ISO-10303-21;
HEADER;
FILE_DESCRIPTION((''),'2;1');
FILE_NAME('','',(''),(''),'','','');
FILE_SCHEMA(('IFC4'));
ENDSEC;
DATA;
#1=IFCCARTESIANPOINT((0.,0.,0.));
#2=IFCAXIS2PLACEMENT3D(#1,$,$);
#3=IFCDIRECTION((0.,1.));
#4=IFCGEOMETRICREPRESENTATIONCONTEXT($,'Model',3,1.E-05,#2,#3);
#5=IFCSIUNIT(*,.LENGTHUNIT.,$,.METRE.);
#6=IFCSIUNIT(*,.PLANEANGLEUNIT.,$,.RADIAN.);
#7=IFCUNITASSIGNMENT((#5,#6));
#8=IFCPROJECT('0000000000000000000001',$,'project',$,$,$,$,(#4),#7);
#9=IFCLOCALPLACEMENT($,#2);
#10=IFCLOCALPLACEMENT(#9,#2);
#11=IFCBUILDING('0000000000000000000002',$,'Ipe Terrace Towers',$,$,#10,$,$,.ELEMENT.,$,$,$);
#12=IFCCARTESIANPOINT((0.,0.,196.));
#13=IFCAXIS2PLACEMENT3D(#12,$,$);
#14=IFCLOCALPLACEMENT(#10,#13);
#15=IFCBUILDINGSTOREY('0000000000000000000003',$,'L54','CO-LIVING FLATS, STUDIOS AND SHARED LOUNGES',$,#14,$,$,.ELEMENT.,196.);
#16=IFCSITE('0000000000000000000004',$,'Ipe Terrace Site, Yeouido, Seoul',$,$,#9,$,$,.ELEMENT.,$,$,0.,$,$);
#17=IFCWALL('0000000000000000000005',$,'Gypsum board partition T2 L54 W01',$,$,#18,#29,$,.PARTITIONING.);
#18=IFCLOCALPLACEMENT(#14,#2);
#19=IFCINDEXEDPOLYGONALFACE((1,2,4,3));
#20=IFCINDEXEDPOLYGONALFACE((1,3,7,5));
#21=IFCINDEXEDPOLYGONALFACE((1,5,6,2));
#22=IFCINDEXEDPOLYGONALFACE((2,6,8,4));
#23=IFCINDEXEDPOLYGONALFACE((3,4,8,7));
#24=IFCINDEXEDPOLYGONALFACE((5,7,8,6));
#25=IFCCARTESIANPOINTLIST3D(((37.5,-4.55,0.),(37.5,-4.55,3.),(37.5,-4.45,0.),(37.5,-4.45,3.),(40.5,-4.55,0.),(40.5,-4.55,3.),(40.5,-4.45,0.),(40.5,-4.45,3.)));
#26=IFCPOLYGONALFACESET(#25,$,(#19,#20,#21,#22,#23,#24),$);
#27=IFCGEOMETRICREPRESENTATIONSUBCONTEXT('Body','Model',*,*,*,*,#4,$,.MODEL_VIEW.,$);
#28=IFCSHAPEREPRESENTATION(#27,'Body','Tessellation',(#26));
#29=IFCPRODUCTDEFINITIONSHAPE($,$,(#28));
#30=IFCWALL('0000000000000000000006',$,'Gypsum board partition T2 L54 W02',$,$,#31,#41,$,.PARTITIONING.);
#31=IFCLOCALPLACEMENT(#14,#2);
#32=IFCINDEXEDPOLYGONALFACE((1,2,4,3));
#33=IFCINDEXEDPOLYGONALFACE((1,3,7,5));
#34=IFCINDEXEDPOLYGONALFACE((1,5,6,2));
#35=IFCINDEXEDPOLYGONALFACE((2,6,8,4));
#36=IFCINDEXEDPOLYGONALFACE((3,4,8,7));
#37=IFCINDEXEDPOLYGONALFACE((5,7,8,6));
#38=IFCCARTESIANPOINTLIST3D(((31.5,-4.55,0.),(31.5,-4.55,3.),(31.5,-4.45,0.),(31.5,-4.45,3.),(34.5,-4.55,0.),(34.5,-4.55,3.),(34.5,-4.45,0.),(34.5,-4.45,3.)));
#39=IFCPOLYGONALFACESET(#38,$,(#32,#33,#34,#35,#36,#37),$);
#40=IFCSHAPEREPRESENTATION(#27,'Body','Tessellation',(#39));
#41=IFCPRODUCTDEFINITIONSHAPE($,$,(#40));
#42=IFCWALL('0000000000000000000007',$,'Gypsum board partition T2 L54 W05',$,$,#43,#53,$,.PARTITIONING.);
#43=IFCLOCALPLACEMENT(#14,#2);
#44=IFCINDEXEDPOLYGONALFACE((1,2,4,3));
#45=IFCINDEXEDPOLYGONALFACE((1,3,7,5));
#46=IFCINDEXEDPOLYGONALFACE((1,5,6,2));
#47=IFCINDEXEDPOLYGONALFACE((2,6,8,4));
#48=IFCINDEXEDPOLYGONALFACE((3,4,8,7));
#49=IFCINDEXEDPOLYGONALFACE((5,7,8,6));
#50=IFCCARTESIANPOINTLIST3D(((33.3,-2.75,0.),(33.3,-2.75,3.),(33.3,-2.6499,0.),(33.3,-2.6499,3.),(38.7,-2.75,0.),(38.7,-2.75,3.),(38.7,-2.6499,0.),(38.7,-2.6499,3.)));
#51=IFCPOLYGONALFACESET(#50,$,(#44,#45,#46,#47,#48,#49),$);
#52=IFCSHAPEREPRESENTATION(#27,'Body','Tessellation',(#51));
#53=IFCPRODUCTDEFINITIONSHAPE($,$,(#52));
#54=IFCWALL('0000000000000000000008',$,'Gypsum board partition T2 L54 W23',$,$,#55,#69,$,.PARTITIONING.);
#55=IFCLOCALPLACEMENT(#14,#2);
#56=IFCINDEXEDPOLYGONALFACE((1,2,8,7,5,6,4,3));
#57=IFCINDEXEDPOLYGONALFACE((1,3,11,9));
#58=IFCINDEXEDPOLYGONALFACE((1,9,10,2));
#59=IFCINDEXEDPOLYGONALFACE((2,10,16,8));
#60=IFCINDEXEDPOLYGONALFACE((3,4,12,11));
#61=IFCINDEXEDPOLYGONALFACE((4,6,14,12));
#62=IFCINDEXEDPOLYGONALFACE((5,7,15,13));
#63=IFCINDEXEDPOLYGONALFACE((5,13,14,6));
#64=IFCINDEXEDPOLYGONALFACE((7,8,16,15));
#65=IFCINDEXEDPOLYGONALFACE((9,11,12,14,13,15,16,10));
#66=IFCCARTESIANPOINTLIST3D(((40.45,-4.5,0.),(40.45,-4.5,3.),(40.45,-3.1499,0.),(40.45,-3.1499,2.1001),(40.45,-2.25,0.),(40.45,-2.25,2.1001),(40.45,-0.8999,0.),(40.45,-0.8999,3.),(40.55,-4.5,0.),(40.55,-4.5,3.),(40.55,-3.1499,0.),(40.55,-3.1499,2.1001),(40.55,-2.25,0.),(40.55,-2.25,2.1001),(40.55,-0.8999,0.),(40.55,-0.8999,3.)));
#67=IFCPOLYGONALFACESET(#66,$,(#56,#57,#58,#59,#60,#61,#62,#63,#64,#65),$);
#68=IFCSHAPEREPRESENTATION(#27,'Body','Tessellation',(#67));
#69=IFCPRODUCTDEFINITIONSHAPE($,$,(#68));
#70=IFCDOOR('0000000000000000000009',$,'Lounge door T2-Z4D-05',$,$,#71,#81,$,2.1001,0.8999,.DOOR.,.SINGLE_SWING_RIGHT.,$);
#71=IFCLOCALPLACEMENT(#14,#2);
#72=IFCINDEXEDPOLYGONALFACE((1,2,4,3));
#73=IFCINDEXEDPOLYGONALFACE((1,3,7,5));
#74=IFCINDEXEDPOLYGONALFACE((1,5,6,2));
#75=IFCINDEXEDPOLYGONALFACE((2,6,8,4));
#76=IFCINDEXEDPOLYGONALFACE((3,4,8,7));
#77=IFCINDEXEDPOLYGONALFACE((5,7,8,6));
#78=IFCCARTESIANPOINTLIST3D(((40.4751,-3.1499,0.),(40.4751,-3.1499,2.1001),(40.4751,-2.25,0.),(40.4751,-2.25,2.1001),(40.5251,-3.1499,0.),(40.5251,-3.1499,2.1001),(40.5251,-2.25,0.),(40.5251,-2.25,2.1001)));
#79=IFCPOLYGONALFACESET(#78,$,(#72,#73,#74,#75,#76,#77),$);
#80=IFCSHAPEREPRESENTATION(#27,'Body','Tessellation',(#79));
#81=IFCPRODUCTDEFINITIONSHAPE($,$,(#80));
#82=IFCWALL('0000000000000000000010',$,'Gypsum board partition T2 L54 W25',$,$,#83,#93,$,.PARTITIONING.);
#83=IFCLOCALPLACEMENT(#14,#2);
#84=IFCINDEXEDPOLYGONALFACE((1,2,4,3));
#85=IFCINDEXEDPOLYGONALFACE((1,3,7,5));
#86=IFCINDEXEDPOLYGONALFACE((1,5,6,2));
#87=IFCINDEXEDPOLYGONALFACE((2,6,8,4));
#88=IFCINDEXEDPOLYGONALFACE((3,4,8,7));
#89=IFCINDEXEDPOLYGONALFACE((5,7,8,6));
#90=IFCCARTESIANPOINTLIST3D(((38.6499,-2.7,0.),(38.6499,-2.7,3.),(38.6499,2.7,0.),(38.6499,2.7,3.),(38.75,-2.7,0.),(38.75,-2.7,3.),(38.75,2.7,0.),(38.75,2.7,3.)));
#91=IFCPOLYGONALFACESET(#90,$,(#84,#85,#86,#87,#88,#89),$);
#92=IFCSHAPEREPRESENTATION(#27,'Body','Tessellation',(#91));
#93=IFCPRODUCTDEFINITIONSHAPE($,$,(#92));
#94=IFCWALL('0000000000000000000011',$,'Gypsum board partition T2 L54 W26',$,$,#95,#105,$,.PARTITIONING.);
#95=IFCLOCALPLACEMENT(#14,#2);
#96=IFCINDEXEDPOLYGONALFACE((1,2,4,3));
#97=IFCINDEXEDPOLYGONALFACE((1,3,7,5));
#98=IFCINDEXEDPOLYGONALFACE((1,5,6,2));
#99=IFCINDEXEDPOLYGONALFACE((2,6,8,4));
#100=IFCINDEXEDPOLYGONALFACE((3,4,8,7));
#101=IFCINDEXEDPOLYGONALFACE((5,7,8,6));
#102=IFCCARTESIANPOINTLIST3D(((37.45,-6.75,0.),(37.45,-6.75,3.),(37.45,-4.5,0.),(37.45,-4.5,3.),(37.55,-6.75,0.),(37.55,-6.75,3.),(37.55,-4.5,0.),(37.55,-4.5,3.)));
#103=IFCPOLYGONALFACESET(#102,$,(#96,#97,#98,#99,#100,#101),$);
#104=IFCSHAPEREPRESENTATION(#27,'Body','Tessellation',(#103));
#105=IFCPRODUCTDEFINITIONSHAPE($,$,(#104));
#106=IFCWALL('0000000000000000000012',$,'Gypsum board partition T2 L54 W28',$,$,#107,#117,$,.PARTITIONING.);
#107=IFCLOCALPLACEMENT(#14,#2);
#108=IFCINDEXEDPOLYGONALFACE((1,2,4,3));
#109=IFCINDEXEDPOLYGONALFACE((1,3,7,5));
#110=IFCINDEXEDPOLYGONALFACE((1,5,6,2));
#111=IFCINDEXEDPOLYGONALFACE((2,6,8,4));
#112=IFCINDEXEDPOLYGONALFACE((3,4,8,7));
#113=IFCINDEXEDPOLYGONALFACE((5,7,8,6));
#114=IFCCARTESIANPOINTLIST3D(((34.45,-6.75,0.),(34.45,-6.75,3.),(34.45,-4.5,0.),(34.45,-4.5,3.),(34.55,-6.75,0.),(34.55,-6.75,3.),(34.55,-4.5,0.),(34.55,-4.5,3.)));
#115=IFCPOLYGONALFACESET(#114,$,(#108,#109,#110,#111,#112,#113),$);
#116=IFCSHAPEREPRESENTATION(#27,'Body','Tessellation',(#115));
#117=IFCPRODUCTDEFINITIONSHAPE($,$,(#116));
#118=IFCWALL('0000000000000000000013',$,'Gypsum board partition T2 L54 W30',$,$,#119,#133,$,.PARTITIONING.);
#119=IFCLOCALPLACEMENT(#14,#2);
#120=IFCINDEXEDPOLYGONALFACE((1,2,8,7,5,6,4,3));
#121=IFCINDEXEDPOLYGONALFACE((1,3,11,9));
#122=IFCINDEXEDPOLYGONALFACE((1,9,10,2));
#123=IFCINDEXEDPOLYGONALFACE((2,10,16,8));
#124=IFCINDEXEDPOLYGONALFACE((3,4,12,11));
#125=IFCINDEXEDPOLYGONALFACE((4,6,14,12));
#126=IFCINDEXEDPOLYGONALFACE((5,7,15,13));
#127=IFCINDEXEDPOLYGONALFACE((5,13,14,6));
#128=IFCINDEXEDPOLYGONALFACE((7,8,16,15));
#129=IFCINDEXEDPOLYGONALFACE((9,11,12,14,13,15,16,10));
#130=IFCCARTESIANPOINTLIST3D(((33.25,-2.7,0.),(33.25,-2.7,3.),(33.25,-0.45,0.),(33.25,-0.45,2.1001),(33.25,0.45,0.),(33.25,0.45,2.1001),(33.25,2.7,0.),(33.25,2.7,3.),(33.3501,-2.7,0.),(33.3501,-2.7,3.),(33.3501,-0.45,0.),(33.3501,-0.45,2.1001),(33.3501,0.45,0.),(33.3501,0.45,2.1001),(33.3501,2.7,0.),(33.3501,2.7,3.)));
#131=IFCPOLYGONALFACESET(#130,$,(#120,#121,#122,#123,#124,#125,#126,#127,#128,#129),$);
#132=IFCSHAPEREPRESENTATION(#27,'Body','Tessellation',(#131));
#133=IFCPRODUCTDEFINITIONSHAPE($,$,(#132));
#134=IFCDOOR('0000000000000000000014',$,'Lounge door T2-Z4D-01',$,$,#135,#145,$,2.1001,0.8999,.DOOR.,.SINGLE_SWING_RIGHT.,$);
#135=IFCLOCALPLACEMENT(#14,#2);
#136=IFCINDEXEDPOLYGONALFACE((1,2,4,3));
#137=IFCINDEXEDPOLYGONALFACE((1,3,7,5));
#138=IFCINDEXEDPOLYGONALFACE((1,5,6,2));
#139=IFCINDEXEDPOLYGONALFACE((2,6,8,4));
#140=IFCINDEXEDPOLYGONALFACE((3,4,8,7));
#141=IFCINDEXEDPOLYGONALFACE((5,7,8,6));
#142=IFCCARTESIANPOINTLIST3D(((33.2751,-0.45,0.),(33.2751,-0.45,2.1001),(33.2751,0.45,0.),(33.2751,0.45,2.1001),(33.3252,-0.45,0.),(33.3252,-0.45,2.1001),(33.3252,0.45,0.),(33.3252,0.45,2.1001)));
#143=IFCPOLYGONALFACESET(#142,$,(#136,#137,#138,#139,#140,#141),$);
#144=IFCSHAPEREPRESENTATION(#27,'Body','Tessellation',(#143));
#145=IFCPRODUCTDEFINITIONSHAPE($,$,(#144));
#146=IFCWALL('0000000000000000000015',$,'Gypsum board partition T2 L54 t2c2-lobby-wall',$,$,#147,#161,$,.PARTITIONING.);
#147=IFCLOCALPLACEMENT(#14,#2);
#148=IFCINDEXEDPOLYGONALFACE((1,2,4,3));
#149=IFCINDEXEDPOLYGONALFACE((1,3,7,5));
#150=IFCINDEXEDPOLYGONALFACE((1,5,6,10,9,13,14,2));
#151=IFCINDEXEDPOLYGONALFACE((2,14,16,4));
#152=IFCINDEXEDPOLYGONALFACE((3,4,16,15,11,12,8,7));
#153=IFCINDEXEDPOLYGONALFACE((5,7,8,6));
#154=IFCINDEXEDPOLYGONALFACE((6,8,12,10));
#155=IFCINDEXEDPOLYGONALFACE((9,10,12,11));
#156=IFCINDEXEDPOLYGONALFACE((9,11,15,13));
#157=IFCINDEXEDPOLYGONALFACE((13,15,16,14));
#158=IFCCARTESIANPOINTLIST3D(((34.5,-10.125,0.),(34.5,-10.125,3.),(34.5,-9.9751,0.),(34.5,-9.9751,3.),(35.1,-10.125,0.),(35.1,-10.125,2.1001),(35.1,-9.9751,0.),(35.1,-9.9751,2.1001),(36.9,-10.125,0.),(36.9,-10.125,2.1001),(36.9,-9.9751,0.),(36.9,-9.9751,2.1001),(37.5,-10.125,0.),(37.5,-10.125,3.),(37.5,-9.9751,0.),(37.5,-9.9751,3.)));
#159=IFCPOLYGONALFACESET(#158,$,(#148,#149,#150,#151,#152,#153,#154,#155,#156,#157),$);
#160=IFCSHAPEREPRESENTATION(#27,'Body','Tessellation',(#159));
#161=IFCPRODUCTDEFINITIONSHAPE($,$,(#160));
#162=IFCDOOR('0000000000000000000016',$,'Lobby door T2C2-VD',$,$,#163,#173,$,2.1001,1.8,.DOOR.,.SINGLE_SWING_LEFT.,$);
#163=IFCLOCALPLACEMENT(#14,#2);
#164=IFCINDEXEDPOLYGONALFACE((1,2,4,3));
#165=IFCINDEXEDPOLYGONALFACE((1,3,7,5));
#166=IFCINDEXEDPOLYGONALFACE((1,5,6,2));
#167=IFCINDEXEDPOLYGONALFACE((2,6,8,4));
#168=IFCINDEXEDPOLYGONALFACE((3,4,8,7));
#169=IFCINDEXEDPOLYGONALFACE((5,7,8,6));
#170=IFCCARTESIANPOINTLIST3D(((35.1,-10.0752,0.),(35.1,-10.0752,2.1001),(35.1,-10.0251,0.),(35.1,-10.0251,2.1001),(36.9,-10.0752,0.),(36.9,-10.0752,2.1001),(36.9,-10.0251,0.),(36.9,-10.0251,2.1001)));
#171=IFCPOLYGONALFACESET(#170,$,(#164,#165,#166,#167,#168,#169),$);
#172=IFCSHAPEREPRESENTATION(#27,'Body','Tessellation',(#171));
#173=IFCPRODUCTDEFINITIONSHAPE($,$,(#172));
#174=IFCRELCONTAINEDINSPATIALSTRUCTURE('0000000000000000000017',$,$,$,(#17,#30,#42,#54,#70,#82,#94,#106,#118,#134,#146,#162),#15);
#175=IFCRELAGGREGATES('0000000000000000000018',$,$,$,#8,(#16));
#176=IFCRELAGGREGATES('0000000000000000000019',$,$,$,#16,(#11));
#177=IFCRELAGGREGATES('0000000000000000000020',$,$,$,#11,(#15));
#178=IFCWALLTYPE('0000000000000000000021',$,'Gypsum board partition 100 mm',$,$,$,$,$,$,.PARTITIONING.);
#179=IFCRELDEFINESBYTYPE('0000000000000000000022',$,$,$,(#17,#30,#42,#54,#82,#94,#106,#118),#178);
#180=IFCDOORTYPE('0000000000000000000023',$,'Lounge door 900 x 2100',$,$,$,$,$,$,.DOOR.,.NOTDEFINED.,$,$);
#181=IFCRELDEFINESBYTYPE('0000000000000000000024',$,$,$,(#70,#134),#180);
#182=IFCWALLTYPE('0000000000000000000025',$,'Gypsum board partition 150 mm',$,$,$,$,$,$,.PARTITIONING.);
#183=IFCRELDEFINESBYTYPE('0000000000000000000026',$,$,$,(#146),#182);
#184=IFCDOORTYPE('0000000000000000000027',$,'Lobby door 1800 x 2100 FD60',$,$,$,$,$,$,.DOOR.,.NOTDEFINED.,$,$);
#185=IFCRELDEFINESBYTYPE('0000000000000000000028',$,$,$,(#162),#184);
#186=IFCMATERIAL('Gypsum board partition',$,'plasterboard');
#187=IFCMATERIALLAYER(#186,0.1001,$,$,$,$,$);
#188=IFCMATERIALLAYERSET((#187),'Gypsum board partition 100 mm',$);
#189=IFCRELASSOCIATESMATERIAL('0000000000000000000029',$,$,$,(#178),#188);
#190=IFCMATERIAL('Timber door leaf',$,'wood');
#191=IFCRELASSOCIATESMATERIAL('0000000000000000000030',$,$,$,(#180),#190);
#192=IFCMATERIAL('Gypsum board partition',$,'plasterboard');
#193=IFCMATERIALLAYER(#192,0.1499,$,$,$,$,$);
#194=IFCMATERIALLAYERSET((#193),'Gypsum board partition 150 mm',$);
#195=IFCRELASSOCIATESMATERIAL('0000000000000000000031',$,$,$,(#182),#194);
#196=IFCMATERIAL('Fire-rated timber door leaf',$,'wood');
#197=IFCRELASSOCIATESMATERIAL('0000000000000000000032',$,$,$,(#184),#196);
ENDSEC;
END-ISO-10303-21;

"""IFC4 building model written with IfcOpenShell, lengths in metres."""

from ifc_helpers import new_model, si_unit, direction, frame, frame_2d, origin, place, context, subcontext, project, spatial, rectangle, extrude, material, layer, layer_set, type_object, element, fill, save


model = new_model("IFC4")

# Units and contexts
model_context = context("Model", 3, precision=1e-05, world=origin(), true_north=direction((0.0, 1.0)))
body_context = subcontext(model_context, "Body", "Model", "MODEL_VIEW")
ifc_project = project(units=[si_unit("LENGTHUNIT", "METRE"), si_unit("PLANEANGLEUNIT", "RADIAN")], contexts=[model_context])

# Site, building, storey
site_placement = place(None, origin())
site = spatial("IfcSite", under=ifc_project, at=site_placement, Name="Ipe Terrace Site, Yeouido, Seoul", CompositionType="ELEMENT", RefElevation=0.0)
building_placement = place(site_placement, origin())
building = spatial("IfcBuilding", under=site, at=building_placement, Name="Ipe Terrace Towers", CompositionType="ELEMENT")
storey_placement = place(building_placement, frame((0.0, 0.0, 196.0)))
storey = spatial("IfcBuildingStorey", under=building, at=storey_placement, Name="L54", Description="CO-LIVING FLATS, STUDIOS AND SHARED LOUNGES", CompositionType="ELEMENT", Elevation=196.0)

# Walls
ifc_material_1 = material(Name="Gypsum board partition", Category="plasterboard")
ifc_layer_1 = layer(ifc_material_1, 0.1001)
ifc_layer_set_1 = layer_set([ifc_layer_1], Name="Gypsum board partition 100 mm")
wall_type_1 = type_object("IfcWallType", Name="Gypsum board partition 100 mm", PredefinedType="PARTITIONING", material=ifc_layer_set_1)
for number, where, z_axis, x_axis, name in (
    (1, (40.5, -4.5, 0.0), (0.0, 0.0, 1.0), (-1.0, 0.0, 0.0), "Gypsum board partition T2 L54 W01"),
    (2, (34.5, -4.5, 0.0), (0.0, 0.0, 1.0), (-1.0, 0.0, 0.0), "Gypsum board partition T2 L54 W02"),
):
    element("IfcWall", number, at=place(storey_placement, frame(where, z_axis=z_axis, x_axis=x_axis)), inside=storey, type_object=wall_type_1, Name=name, PredefinedType="PARTITIONING", context=body_context, shape_type="SweptSolid", body=[
        extrude(rectangle(XDim=3.0, YDim=0.1001, at=frame_2d((1.5, 0.0))), origin(), (0.0, 0.0, 1.0), 3.0),
    ])
wall_1_placement = place(storey_placement, frame((38.7, -2.7, 0.0), z_axis=(0.0, 0.0, 1.0), x_axis=(-1.0, 0.0, 0.0)))
element("IfcWall", 3, at=wall_1_placement, inside=storey, type_object=wall_type_1, Name="Gypsum board partition T2 L54 W05", PredefinedType="PARTITIONING", context=body_context, shape_type="SweptSolid", body=[
    extrude(rectangle(XDim=5.3999, YDim=0.1001, at=frame_2d((2.7, 0.0))), origin(), (0.0, 0.0, 1.0), 3.0),
])

# Wall, opening, door
wall_2_placement = place(storey_placement, frame((40.5, -4.5, 0.0), z_axis=(0.0, 0.0, 1.0), x_axis=(0.0, 1.0, 0.0)))
wall_2 = element("IfcWall", 4, at=wall_2_placement, inside=storey, type_object=wall_type_1, Name="Gypsum board partition T2 L54 W23", PredefinedType="PARTITIONING", context=body_context, shape_type="SweptSolid", body=[
    extrude(rectangle(XDim=3.6001, YDim=0.1001, at=frame_2d((1.8, 0.0))), origin(), (0.0, 0.0, 1.0), 3.0),
])
opening_1_placement = place(wall_2_placement, frame((1.3501, 0.0, 0.0)))
opening_1 = element("IfcOpeningElement", 5, at=opening_1_placement, cuts=wall_2, PredefinedType="OPENING", context=body_context, shape_type="SweptSolid", body=[
    extrude(rectangle(XDim=0.8999, YDim=2.1001, at=frame_2d((0.45, 1.05))), frame((0.0, 0.0601, 0.0), z_axis=(0.0, -1.0, 0.0), x_axis=(1.0, 0.0, 0.0)), (0.0, 0.0, 1.0), 0.1201),
])
ifc_material_2 = material(Name="Timber door leaf", Category="wood")
door_type_1 = type_object("IfcDoorType", Name="Lounge door 900 x 2100", OperationType="NOTDEFINED", PredefinedType="DOOR", material=ifc_material_2)
door_1_placement = place(opening_1_placement, origin())
door_1 = element("IfcDoor", 6, at=door_1_placement, inside=storey, type_object=door_type_1, Name="Lounge door T2-Z4D-05", OperationType="SINGLE_SWING_RIGHT", OverallHeight=2.1001, OverallWidth=0.8999, PredefinedType="DOOR", context=body_context, shape_type="SweptSolid", body=[
    extrude(rectangle(XDim=0.8999, YDim=2.1001, at=frame_2d((0.45, 1.05))), frame((0.0, 0.0249, 0.0), z_axis=(0.0, -1.0, 0.0), x_axis=(1.0, 0.0, 0.0)), (0.0, 0.0, 1.0), 0.05),
])
fill(opening_1, door_1)

# Walls
wall_3_placement = place(storey_placement, frame((38.7, -2.7, 0.0), z_axis=(0.0, 0.0, 1.0), x_axis=(0.0, 1.0, 0.0)))
element("IfcWall", 7, at=wall_3_placement, inside=storey, type_object=wall_type_1, Name="Gypsum board partition T2 L54 W25", PredefinedType="PARTITIONING", context=body_context, shape_type="SweptSolid", body=[
    extrude(rectangle(XDim=5.3999, YDim=0.1001, at=frame_2d((2.7, 0.0))), origin(), (0.0, 0.0, 1.0), 3.0),
])
for number, where, z_axis, x_axis, name in (
    (8, (37.5, -6.75, 0.0), (0.0, 0.0, 1.0), (0.0, 1.0, 0.0), "Gypsum board partition T2 L54 W26"),
    (9, (34.5, -6.75, 0.0), (0.0, 0.0, 1.0), (0.0, 1.0, 0.0), "Gypsum board partition T2 L54 W28"),
):
    element("IfcWall", number, at=place(storey_placement, frame(where, z_axis=z_axis, x_axis=x_axis)), inside=storey, type_object=wall_type_1, Name=name, PredefinedType="PARTITIONING", context=body_context, shape_type="SweptSolid", body=[
        extrude(rectangle(XDim=2.25, YDim=0.1001, at=frame_2d((1.125, 0.0))), origin(), (0.0, 0.0, 1.0), 3.0),
    ])

# Walls, openings, doors
wall_4_placement = place(storey_placement, frame((33.3, -2.7, 0.0), z_axis=(0.0, 0.0, 1.0), x_axis=(0.0, 1.0, 0.0)))
wall_4 = element("IfcWall", 10, at=wall_4_placement, inside=storey, type_object=wall_type_1, Name="Gypsum board partition T2 L54 W30", PredefinedType="PARTITIONING", context=body_context, shape_type="SweptSolid", body=[
    extrude(rectangle(XDim=5.3999, YDim=0.1001, at=frame_2d((2.7, 0.0))), origin(), (0.0, 0.0, 1.0), 3.0),
])
opening_2_placement = place(wall_4_placement, frame((2.25, 0.0, 0.0)))
opening_2 = element("IfcOpeningElement", 11, at=opening_2_placement, cuts=wall_4, PredefinedType="OPENING", context=body_context, shape_type="SweptSolid", body=[
    extrude(rectangle(XDim=0.8999, YDim=2.1001, at=frame_2d((0.45, 1.05))), frame((0.0, 0.0601, 0.0), z_axis=(0.0, -1.0, 0.0), x_axis=(1.0, 0.0, 0.0)), (0.0, 0.0, 1.0), 0.1201),
])
door_2_placement = place(opening_2_placement, origin())
door_2 = element("IfcDoor", 12, at=door_2_placement, inside=storey, type_object=door_type_1, Name="Lounge door T2-Z4D-01", OperationType="SINGLE_SWING_RIGHT", OverallHeight=2.1001, OverallWidth=0.8999, PredefinedType="DOOR", context=body_context, shape_type="SweptSolid", body=[
    extrude(rectangle(XDim=0.8999, YDim=2.1001, at=frame_2d((0.45, 1.05))), frame((0.0, 0.0249, 0.0), z_axis=(0.0, -1.0, 0.0), x_axis=(1.0, 0.0, 0.0)), (0.0, 0.0, 1.0), 0.05),
])
fill(opening_2, door_2)
ifc_material_3 = material(Name="Gypsum board partition", Category="plasterboard")
ifc_layer_2 = layer(ifc_material_3, 0.1499)
ifc_layer_set_2 = layer_set([ifc_layer_2], Name="Gypsum board partition 150 mm")
wall_type_2 = type_object("IfcWallType", Name="Gypsum board partition 150 mm", PredefinedType="PARTITIONING", material=ifc_layer_set_2)
wall_5_placement = place(storey_placement, frame((34.5, -10.05, 0.0), z_axis=(0.0, 0.0, 1.0), x_axis=(1.0, 0.0, 0.0)))
wall_5 = element("IfcWall", 13, at=wall_5_placement, inside=storey, type_object=wall_type_2, Name="Gypsum board partition T2 L54 t2c2-lobby-wall", PredefinedType="PARTITIONING", context=body_context, shape_type="SweptSolid", body=[
    extrude(rectangle(XDim=3.0, YDim=0.1499, at=frame_2d((1.5, 0.0))), origin(), (0.0, 0.0, 1.0), 3.0),
])
opening_3_placement = place(wall_5_placement, frame((0.6001, 0.0, 0.0)))
opening_3 = element("IfcOpeningElement", 14, at=opening_3_placement, cuts=wall_5, PredefinedType="OPENING", context=body_context, shape_type="SweptSolid", body=[
    extrude(rectangle(XDim=1.8, YDim=2.1001, at=frame_2d((0.8999, 1.05))), frame((0.0, 0.085, 0.0), z_axis=(0.0, -1.0, 0.0), x_axis=(1.0, 0.0, 0.0)), (0.0, 0.0, 1.0), 0.1699),
])
ifc_material_4 = material(Name="Fire-rated timber door leaf", Category="wood")
door_type_2 = type_object("IfcDoorType", Name="Lobby door 1800 x 2100 FD60", OperationType="NOTDEFINED", PredefinedType="DOOR", material=ifc_material_4)
door_3_placement = place(opening_3_placement, origin())
door_3 = element("IfcDoor", 15, at=door_3_placement, inside=storey, type_object=door_type_2, Name="Lobby door T2C2-VD", OperationType="SINGLE_SWING_LEFT", OverallHeight=2.1001, OverallWidth=1.8, PredefinedType="DOOR", context=body_context, shape_type="SweptSolid", body=[
    extrude(rectangle(XDim=1.8, YDim=2.1001, at=frame_2d((0.8999, 1.05))), frame((0.0, 0.0249, 0.0), z_axis=(0.0, -1.0, 0.0), x_axis=(1.0, 0.0, 0.0)), (0.0, 0.0, 1.0), 0.05),
])
fill(opening_3, door_3)

save(model, "model.ifc")
